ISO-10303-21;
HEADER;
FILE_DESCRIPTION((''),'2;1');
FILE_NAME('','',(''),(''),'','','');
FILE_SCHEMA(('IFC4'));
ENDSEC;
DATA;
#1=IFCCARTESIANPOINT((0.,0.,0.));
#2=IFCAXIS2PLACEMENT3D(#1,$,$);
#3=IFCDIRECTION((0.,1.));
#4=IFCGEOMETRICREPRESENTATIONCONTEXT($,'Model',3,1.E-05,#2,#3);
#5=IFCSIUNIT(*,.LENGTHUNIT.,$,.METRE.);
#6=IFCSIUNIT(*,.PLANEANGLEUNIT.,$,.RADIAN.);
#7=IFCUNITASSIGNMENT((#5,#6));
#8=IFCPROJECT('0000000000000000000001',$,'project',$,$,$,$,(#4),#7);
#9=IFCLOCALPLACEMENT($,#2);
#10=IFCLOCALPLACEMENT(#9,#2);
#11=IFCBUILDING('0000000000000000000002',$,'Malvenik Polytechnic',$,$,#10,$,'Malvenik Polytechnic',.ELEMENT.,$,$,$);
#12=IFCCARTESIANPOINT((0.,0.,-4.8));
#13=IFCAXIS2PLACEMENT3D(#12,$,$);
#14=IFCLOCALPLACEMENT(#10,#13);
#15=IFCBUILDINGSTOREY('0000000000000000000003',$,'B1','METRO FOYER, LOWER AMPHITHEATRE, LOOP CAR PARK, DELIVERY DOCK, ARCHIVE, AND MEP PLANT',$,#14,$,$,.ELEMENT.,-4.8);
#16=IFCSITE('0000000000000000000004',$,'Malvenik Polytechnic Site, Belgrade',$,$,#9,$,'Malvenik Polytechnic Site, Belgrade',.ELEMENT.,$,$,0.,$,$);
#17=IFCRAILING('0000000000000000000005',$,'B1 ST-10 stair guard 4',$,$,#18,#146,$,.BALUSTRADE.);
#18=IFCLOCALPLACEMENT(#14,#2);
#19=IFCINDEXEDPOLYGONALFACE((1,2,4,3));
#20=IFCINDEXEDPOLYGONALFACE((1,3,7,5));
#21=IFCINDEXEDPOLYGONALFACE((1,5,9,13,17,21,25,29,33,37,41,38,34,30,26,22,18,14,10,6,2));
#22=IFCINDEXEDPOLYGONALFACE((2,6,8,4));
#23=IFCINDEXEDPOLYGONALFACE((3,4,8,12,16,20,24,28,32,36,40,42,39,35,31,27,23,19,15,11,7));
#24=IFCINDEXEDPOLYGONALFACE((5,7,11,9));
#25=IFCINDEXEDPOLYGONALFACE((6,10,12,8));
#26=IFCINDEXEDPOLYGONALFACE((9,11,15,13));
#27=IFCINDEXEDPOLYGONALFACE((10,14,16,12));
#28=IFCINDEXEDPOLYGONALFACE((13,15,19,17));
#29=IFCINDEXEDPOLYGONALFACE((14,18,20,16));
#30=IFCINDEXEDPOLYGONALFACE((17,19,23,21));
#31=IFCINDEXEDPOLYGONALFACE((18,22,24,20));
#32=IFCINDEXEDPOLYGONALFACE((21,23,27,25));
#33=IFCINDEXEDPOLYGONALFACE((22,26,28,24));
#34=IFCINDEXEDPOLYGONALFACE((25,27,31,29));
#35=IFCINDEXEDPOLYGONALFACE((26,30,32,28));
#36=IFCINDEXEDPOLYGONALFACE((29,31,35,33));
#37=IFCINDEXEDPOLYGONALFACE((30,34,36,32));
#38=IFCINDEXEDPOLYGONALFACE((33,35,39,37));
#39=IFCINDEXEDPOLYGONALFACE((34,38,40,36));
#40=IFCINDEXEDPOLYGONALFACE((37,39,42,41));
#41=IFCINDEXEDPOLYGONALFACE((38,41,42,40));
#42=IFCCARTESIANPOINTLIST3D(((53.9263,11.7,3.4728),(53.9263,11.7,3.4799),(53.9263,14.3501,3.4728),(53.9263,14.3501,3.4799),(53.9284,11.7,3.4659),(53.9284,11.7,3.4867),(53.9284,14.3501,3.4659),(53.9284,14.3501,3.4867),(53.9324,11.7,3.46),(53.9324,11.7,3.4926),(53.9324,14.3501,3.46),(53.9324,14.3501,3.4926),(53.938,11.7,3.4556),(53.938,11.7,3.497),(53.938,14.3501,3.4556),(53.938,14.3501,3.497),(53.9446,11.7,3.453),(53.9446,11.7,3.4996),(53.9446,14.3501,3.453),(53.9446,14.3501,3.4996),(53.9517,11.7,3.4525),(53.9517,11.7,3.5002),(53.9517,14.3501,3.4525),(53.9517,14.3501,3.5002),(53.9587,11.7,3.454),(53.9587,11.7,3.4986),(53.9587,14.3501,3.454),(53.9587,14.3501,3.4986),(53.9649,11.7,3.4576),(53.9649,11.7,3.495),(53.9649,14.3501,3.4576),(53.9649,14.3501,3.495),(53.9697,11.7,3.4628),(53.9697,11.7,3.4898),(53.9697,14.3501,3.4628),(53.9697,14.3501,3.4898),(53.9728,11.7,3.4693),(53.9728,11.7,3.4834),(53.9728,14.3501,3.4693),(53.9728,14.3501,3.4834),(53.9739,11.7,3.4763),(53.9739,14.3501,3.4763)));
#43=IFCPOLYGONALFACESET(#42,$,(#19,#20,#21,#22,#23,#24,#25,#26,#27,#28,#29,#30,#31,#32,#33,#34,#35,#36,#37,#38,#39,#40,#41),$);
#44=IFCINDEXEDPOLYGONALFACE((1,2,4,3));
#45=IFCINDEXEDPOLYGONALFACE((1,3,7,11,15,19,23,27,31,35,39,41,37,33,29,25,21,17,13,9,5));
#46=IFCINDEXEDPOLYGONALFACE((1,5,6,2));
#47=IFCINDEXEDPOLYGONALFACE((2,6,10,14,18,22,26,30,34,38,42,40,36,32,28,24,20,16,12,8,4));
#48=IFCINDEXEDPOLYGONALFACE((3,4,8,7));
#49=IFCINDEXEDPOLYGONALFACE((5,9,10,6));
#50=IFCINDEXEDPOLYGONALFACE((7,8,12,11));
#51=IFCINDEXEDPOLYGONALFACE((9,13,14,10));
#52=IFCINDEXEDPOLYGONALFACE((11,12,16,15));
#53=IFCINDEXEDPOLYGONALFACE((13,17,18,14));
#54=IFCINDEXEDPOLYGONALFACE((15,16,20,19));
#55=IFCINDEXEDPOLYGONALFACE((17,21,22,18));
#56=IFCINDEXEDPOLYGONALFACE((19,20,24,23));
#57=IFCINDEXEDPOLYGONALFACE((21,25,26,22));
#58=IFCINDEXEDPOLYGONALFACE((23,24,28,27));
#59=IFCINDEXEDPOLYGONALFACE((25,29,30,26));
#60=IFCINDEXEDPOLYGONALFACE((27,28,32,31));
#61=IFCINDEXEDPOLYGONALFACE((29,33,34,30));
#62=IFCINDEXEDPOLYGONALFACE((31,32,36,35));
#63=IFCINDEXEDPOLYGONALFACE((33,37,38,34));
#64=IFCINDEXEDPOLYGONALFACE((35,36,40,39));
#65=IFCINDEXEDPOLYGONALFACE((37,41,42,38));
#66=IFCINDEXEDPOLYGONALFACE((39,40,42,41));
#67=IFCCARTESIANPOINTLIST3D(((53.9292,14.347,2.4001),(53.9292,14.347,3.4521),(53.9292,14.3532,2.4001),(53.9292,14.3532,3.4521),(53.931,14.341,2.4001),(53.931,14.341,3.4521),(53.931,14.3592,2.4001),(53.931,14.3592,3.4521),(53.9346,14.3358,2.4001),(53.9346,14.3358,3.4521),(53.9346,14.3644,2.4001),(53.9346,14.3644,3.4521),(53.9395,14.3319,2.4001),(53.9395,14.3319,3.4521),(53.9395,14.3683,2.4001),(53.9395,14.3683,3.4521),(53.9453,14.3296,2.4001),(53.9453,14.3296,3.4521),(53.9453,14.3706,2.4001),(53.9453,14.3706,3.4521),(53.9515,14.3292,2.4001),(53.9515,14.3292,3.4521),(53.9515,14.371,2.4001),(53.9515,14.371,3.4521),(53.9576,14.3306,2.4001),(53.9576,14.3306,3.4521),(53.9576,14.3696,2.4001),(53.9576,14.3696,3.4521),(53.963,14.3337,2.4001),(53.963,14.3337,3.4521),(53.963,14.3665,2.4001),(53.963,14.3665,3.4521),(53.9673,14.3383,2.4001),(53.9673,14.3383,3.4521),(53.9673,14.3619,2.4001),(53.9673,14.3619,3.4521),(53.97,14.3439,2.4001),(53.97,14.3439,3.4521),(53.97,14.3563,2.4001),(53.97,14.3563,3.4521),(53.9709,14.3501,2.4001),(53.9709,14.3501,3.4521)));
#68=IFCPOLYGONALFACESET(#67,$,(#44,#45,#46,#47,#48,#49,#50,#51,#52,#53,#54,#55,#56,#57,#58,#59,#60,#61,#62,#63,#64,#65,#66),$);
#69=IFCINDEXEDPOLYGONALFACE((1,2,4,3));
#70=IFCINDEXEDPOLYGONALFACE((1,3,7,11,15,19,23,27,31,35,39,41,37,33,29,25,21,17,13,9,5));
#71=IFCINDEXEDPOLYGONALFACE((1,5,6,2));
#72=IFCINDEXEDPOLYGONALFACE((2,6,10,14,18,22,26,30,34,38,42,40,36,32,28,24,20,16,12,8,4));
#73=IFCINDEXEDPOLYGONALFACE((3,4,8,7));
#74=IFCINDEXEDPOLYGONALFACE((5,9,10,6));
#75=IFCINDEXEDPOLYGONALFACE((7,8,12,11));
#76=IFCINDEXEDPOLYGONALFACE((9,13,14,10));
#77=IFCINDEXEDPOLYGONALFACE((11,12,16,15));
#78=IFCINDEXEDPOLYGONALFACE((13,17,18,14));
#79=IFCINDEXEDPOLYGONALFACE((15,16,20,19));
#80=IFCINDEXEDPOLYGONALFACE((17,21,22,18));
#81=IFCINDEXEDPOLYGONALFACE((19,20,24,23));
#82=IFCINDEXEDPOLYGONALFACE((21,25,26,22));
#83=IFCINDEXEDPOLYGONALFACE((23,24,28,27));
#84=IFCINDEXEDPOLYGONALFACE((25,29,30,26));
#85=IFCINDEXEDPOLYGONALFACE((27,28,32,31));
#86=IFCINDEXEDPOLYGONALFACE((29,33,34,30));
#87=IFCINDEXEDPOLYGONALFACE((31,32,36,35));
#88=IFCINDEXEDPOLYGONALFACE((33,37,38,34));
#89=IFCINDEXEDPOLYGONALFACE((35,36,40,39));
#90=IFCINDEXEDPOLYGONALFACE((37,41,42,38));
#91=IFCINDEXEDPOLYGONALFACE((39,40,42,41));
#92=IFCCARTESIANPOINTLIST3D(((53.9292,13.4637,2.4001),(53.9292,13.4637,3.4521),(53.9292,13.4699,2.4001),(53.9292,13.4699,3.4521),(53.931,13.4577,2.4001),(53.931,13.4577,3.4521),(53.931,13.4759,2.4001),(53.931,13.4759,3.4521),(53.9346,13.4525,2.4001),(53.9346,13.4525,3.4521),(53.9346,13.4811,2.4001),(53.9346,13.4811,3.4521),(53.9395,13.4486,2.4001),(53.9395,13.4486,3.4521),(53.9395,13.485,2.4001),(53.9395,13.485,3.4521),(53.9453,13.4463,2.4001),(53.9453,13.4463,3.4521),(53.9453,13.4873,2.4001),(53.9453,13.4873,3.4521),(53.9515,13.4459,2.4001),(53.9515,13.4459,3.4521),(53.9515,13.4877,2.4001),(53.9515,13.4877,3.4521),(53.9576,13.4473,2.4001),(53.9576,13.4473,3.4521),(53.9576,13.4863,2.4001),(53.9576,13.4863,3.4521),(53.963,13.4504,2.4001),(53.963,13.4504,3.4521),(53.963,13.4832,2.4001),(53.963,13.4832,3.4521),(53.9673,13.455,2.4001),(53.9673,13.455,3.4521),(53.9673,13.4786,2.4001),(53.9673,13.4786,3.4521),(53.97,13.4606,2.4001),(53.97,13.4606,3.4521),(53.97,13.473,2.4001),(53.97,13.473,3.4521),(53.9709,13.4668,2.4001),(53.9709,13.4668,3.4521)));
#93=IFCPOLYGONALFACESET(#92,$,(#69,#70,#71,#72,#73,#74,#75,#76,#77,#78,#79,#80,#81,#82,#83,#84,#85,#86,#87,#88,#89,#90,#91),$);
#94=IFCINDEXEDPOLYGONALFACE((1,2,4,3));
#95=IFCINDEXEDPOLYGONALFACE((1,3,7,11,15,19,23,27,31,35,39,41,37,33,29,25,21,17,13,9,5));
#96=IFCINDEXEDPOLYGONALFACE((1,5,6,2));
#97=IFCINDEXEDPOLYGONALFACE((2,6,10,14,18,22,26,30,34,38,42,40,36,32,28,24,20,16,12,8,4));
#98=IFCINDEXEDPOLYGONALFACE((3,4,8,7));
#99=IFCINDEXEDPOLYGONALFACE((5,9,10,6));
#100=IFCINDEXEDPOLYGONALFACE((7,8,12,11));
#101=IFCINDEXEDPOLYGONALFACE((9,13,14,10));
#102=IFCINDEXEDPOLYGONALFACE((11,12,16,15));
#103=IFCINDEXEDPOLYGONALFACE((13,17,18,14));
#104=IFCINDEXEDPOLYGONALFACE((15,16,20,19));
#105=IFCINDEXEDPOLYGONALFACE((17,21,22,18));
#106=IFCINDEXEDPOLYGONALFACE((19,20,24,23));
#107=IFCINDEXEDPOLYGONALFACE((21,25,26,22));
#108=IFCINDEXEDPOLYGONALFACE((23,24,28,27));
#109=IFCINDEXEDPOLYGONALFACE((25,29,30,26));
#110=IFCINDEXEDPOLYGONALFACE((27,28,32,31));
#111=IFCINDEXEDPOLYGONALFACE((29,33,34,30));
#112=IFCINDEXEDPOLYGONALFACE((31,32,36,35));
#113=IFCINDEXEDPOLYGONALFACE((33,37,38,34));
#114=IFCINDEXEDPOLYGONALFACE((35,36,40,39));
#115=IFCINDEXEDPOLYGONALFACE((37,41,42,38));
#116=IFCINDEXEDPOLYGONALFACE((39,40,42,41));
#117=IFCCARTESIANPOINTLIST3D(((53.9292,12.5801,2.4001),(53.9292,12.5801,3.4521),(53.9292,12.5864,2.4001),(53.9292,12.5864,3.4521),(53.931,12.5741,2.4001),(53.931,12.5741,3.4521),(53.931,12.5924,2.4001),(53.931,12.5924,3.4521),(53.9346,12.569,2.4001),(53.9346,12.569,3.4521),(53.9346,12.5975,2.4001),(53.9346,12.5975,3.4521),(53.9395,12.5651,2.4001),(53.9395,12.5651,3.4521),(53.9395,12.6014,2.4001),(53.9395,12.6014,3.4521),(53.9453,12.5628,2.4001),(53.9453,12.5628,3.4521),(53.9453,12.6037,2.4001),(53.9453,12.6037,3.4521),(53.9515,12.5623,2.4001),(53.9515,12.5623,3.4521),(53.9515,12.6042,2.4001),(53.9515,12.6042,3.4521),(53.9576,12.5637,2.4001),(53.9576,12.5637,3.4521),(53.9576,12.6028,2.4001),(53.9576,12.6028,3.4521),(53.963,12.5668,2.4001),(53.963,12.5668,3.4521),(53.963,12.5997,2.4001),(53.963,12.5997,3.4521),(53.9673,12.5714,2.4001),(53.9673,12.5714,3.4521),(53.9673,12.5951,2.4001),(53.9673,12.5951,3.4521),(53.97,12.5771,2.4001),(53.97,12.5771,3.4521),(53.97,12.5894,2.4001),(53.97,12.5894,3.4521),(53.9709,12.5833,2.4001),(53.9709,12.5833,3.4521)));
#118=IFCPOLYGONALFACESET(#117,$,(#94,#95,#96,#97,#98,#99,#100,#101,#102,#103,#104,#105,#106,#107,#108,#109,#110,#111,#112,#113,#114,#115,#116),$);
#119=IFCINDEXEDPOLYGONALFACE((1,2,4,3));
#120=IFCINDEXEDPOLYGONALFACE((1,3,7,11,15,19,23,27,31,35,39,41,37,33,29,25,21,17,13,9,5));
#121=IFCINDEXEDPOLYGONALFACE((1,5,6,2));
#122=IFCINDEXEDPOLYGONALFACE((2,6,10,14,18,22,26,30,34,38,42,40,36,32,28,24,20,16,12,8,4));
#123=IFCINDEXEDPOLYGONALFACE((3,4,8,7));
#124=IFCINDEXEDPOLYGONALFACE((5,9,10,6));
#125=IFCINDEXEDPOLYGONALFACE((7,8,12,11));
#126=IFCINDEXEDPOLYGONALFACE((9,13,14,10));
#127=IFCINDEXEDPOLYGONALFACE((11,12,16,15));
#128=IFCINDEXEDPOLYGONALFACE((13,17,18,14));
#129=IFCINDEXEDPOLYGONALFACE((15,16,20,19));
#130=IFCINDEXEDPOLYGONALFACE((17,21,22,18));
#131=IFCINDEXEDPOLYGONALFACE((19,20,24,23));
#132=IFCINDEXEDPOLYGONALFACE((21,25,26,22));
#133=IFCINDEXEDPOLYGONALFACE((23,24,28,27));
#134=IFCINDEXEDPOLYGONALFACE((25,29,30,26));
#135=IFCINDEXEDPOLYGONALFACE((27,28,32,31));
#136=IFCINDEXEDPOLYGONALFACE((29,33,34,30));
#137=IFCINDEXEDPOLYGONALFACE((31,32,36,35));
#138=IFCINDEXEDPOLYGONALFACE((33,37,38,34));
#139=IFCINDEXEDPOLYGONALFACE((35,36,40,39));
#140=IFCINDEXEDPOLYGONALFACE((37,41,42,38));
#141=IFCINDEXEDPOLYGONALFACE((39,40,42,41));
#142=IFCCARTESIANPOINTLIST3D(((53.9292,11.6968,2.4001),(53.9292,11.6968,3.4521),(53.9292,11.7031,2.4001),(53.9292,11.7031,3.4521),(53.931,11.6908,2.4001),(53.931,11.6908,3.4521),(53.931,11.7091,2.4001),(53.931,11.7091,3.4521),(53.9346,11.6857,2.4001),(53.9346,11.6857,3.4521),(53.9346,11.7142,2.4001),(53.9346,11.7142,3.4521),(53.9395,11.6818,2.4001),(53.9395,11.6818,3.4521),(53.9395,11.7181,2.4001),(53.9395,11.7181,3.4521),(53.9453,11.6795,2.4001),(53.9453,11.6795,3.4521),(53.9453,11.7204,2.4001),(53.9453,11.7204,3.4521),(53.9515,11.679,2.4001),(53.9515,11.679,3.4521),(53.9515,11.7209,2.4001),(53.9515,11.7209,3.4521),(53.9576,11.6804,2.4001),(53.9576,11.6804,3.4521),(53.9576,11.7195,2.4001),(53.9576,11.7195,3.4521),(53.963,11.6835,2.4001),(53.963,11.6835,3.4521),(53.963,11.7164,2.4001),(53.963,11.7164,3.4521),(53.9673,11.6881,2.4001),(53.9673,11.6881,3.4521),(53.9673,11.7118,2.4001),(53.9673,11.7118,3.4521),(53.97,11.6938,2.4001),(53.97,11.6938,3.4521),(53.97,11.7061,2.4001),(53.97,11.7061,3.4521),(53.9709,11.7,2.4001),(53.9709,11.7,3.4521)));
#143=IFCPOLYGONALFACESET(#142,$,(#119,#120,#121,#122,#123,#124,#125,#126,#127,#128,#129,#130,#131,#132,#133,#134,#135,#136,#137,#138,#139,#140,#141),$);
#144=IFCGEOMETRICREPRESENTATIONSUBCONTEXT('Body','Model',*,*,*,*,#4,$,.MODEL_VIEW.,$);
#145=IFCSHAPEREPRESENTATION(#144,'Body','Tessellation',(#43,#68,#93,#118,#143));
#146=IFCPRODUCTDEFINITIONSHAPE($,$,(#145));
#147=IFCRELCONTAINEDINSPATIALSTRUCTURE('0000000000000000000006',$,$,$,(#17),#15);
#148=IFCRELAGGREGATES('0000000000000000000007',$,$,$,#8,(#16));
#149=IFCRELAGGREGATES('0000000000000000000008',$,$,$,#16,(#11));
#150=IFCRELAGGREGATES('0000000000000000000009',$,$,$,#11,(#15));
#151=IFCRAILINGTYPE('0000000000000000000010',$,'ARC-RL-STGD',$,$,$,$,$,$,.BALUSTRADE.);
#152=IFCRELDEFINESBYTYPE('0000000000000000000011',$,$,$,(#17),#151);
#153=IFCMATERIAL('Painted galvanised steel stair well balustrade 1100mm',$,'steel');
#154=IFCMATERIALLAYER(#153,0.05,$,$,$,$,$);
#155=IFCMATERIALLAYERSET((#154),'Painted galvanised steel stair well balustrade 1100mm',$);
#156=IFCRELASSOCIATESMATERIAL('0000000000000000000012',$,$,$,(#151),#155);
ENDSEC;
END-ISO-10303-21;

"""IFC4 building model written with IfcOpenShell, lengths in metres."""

from ifc_helpers import new_model, si_unit, direction, frame, origin, origin_2d, place, context, subcontext, project, spatial, circle, extrude, material, layer, layer_set, type_object, element, save


model = new_model("IFC4")

# Units and contexts
model_context = context("Model", 3, precision=1e-05, world=origin(), true_north=direction((0.0, 1.0)))
body_context = subcontext(model_context, "Body", "Model", "MODEL_VIEW")
ifc_project = project(units=[si_unit("LENGTHUNIT", "METRE"), si_unit("PLANEANGLEUNIT", "RADIAN")], contexts=[model_context])

# Site, building, storey
site_placement = place(None, origin())
site = spatial("IfcSite", under=ifc_project, at=site_placement, Name="Malvenik Polytechnic Site, Belgrade", LongName="Malvenik Polytechnic Site, Belgrade", CompositionType="ELEMENT", RefElevation=0.0)
building_placement = place(site_placement, origin())
building = spatial("IfcBuilding", under=site, at=building_placement, Name="Malvenik Polytechnic", LongName="Malvenik Polytechnic", CompositionType="ELEMENT")
storey_placement = place(building_placement, frame((0.0, 0.0, -4.8)))
storey = spatial("IfcBuildingStorey", under=building, at=storey_placement, Name="B1", Description="METRO FOYER, LOWER AMPHITHEATRE, LOOP CAR PARK, DELIVERY DOCK, ARCHIVE, AND MEP PLANT", CompositionType="ELEMENT", Elevation=-4.8)

# Railing
ifc_material_1 = material(Name="Painted galvanised steel stair well balustrade 1100mm", Category="steel")
ifc_layer_1 = layer(ifc_material_1, 0.05)
ifc_layer_set_1 = layer_set([ifc_layer_1], Name="Painted galvanised steel stair well balustrade 1100mm")
railing_type_1 = type_object("IfcRailingType", Name="ARC-RL-STGD", PredefinedType="BALUSTRADE", material=ifc_layer_set_1)
for number, where, name in (
    (1, (53.95, 14.3501, 2.4001), "B1 ST-10 stair guard 4"),
):
    element("IfcRailing", number, at=place(storey_placement, frame(where)), inside=storey, type_object=railing_type_1, Name=name, PredefinedType="BALUSTRADE", context=body_context, shape_type="SweptSolid", body=[
        extrude(circle(Radius=0.0239, at=origin_2d()), frame((0.0, 0.0, 1.0762), z_axis=(0.0, -1.0, 0.0), x_axis=(1.0, 0.0, 0.0)), (0.0, 0.0, 1.0), 2.6501),
        extrude(circle(Radius=0.021, at=origin_2d()), origin(), (0.0, 0.0, 1.0), 1.052),
        extrude(circle(Radius=0.021, at=origin_2d()), frame((0.0, -0.8833, 0.0)), (0.0, 0.0, 1.0), 1.052),
        extrude(circle(Radius=0.021, at=origin_2d()), frame((0.0, -1.7668, 0.0)), (0.0, 0.0, 1.0), 1.052),
        extrude(circle(Radius=0.021, at=origin_2d()), frame((0.0, -2.6501, 0.0)), (0.0, 0.0, 1.0), 1.052),
    ])

save(model, "model.ifc")
